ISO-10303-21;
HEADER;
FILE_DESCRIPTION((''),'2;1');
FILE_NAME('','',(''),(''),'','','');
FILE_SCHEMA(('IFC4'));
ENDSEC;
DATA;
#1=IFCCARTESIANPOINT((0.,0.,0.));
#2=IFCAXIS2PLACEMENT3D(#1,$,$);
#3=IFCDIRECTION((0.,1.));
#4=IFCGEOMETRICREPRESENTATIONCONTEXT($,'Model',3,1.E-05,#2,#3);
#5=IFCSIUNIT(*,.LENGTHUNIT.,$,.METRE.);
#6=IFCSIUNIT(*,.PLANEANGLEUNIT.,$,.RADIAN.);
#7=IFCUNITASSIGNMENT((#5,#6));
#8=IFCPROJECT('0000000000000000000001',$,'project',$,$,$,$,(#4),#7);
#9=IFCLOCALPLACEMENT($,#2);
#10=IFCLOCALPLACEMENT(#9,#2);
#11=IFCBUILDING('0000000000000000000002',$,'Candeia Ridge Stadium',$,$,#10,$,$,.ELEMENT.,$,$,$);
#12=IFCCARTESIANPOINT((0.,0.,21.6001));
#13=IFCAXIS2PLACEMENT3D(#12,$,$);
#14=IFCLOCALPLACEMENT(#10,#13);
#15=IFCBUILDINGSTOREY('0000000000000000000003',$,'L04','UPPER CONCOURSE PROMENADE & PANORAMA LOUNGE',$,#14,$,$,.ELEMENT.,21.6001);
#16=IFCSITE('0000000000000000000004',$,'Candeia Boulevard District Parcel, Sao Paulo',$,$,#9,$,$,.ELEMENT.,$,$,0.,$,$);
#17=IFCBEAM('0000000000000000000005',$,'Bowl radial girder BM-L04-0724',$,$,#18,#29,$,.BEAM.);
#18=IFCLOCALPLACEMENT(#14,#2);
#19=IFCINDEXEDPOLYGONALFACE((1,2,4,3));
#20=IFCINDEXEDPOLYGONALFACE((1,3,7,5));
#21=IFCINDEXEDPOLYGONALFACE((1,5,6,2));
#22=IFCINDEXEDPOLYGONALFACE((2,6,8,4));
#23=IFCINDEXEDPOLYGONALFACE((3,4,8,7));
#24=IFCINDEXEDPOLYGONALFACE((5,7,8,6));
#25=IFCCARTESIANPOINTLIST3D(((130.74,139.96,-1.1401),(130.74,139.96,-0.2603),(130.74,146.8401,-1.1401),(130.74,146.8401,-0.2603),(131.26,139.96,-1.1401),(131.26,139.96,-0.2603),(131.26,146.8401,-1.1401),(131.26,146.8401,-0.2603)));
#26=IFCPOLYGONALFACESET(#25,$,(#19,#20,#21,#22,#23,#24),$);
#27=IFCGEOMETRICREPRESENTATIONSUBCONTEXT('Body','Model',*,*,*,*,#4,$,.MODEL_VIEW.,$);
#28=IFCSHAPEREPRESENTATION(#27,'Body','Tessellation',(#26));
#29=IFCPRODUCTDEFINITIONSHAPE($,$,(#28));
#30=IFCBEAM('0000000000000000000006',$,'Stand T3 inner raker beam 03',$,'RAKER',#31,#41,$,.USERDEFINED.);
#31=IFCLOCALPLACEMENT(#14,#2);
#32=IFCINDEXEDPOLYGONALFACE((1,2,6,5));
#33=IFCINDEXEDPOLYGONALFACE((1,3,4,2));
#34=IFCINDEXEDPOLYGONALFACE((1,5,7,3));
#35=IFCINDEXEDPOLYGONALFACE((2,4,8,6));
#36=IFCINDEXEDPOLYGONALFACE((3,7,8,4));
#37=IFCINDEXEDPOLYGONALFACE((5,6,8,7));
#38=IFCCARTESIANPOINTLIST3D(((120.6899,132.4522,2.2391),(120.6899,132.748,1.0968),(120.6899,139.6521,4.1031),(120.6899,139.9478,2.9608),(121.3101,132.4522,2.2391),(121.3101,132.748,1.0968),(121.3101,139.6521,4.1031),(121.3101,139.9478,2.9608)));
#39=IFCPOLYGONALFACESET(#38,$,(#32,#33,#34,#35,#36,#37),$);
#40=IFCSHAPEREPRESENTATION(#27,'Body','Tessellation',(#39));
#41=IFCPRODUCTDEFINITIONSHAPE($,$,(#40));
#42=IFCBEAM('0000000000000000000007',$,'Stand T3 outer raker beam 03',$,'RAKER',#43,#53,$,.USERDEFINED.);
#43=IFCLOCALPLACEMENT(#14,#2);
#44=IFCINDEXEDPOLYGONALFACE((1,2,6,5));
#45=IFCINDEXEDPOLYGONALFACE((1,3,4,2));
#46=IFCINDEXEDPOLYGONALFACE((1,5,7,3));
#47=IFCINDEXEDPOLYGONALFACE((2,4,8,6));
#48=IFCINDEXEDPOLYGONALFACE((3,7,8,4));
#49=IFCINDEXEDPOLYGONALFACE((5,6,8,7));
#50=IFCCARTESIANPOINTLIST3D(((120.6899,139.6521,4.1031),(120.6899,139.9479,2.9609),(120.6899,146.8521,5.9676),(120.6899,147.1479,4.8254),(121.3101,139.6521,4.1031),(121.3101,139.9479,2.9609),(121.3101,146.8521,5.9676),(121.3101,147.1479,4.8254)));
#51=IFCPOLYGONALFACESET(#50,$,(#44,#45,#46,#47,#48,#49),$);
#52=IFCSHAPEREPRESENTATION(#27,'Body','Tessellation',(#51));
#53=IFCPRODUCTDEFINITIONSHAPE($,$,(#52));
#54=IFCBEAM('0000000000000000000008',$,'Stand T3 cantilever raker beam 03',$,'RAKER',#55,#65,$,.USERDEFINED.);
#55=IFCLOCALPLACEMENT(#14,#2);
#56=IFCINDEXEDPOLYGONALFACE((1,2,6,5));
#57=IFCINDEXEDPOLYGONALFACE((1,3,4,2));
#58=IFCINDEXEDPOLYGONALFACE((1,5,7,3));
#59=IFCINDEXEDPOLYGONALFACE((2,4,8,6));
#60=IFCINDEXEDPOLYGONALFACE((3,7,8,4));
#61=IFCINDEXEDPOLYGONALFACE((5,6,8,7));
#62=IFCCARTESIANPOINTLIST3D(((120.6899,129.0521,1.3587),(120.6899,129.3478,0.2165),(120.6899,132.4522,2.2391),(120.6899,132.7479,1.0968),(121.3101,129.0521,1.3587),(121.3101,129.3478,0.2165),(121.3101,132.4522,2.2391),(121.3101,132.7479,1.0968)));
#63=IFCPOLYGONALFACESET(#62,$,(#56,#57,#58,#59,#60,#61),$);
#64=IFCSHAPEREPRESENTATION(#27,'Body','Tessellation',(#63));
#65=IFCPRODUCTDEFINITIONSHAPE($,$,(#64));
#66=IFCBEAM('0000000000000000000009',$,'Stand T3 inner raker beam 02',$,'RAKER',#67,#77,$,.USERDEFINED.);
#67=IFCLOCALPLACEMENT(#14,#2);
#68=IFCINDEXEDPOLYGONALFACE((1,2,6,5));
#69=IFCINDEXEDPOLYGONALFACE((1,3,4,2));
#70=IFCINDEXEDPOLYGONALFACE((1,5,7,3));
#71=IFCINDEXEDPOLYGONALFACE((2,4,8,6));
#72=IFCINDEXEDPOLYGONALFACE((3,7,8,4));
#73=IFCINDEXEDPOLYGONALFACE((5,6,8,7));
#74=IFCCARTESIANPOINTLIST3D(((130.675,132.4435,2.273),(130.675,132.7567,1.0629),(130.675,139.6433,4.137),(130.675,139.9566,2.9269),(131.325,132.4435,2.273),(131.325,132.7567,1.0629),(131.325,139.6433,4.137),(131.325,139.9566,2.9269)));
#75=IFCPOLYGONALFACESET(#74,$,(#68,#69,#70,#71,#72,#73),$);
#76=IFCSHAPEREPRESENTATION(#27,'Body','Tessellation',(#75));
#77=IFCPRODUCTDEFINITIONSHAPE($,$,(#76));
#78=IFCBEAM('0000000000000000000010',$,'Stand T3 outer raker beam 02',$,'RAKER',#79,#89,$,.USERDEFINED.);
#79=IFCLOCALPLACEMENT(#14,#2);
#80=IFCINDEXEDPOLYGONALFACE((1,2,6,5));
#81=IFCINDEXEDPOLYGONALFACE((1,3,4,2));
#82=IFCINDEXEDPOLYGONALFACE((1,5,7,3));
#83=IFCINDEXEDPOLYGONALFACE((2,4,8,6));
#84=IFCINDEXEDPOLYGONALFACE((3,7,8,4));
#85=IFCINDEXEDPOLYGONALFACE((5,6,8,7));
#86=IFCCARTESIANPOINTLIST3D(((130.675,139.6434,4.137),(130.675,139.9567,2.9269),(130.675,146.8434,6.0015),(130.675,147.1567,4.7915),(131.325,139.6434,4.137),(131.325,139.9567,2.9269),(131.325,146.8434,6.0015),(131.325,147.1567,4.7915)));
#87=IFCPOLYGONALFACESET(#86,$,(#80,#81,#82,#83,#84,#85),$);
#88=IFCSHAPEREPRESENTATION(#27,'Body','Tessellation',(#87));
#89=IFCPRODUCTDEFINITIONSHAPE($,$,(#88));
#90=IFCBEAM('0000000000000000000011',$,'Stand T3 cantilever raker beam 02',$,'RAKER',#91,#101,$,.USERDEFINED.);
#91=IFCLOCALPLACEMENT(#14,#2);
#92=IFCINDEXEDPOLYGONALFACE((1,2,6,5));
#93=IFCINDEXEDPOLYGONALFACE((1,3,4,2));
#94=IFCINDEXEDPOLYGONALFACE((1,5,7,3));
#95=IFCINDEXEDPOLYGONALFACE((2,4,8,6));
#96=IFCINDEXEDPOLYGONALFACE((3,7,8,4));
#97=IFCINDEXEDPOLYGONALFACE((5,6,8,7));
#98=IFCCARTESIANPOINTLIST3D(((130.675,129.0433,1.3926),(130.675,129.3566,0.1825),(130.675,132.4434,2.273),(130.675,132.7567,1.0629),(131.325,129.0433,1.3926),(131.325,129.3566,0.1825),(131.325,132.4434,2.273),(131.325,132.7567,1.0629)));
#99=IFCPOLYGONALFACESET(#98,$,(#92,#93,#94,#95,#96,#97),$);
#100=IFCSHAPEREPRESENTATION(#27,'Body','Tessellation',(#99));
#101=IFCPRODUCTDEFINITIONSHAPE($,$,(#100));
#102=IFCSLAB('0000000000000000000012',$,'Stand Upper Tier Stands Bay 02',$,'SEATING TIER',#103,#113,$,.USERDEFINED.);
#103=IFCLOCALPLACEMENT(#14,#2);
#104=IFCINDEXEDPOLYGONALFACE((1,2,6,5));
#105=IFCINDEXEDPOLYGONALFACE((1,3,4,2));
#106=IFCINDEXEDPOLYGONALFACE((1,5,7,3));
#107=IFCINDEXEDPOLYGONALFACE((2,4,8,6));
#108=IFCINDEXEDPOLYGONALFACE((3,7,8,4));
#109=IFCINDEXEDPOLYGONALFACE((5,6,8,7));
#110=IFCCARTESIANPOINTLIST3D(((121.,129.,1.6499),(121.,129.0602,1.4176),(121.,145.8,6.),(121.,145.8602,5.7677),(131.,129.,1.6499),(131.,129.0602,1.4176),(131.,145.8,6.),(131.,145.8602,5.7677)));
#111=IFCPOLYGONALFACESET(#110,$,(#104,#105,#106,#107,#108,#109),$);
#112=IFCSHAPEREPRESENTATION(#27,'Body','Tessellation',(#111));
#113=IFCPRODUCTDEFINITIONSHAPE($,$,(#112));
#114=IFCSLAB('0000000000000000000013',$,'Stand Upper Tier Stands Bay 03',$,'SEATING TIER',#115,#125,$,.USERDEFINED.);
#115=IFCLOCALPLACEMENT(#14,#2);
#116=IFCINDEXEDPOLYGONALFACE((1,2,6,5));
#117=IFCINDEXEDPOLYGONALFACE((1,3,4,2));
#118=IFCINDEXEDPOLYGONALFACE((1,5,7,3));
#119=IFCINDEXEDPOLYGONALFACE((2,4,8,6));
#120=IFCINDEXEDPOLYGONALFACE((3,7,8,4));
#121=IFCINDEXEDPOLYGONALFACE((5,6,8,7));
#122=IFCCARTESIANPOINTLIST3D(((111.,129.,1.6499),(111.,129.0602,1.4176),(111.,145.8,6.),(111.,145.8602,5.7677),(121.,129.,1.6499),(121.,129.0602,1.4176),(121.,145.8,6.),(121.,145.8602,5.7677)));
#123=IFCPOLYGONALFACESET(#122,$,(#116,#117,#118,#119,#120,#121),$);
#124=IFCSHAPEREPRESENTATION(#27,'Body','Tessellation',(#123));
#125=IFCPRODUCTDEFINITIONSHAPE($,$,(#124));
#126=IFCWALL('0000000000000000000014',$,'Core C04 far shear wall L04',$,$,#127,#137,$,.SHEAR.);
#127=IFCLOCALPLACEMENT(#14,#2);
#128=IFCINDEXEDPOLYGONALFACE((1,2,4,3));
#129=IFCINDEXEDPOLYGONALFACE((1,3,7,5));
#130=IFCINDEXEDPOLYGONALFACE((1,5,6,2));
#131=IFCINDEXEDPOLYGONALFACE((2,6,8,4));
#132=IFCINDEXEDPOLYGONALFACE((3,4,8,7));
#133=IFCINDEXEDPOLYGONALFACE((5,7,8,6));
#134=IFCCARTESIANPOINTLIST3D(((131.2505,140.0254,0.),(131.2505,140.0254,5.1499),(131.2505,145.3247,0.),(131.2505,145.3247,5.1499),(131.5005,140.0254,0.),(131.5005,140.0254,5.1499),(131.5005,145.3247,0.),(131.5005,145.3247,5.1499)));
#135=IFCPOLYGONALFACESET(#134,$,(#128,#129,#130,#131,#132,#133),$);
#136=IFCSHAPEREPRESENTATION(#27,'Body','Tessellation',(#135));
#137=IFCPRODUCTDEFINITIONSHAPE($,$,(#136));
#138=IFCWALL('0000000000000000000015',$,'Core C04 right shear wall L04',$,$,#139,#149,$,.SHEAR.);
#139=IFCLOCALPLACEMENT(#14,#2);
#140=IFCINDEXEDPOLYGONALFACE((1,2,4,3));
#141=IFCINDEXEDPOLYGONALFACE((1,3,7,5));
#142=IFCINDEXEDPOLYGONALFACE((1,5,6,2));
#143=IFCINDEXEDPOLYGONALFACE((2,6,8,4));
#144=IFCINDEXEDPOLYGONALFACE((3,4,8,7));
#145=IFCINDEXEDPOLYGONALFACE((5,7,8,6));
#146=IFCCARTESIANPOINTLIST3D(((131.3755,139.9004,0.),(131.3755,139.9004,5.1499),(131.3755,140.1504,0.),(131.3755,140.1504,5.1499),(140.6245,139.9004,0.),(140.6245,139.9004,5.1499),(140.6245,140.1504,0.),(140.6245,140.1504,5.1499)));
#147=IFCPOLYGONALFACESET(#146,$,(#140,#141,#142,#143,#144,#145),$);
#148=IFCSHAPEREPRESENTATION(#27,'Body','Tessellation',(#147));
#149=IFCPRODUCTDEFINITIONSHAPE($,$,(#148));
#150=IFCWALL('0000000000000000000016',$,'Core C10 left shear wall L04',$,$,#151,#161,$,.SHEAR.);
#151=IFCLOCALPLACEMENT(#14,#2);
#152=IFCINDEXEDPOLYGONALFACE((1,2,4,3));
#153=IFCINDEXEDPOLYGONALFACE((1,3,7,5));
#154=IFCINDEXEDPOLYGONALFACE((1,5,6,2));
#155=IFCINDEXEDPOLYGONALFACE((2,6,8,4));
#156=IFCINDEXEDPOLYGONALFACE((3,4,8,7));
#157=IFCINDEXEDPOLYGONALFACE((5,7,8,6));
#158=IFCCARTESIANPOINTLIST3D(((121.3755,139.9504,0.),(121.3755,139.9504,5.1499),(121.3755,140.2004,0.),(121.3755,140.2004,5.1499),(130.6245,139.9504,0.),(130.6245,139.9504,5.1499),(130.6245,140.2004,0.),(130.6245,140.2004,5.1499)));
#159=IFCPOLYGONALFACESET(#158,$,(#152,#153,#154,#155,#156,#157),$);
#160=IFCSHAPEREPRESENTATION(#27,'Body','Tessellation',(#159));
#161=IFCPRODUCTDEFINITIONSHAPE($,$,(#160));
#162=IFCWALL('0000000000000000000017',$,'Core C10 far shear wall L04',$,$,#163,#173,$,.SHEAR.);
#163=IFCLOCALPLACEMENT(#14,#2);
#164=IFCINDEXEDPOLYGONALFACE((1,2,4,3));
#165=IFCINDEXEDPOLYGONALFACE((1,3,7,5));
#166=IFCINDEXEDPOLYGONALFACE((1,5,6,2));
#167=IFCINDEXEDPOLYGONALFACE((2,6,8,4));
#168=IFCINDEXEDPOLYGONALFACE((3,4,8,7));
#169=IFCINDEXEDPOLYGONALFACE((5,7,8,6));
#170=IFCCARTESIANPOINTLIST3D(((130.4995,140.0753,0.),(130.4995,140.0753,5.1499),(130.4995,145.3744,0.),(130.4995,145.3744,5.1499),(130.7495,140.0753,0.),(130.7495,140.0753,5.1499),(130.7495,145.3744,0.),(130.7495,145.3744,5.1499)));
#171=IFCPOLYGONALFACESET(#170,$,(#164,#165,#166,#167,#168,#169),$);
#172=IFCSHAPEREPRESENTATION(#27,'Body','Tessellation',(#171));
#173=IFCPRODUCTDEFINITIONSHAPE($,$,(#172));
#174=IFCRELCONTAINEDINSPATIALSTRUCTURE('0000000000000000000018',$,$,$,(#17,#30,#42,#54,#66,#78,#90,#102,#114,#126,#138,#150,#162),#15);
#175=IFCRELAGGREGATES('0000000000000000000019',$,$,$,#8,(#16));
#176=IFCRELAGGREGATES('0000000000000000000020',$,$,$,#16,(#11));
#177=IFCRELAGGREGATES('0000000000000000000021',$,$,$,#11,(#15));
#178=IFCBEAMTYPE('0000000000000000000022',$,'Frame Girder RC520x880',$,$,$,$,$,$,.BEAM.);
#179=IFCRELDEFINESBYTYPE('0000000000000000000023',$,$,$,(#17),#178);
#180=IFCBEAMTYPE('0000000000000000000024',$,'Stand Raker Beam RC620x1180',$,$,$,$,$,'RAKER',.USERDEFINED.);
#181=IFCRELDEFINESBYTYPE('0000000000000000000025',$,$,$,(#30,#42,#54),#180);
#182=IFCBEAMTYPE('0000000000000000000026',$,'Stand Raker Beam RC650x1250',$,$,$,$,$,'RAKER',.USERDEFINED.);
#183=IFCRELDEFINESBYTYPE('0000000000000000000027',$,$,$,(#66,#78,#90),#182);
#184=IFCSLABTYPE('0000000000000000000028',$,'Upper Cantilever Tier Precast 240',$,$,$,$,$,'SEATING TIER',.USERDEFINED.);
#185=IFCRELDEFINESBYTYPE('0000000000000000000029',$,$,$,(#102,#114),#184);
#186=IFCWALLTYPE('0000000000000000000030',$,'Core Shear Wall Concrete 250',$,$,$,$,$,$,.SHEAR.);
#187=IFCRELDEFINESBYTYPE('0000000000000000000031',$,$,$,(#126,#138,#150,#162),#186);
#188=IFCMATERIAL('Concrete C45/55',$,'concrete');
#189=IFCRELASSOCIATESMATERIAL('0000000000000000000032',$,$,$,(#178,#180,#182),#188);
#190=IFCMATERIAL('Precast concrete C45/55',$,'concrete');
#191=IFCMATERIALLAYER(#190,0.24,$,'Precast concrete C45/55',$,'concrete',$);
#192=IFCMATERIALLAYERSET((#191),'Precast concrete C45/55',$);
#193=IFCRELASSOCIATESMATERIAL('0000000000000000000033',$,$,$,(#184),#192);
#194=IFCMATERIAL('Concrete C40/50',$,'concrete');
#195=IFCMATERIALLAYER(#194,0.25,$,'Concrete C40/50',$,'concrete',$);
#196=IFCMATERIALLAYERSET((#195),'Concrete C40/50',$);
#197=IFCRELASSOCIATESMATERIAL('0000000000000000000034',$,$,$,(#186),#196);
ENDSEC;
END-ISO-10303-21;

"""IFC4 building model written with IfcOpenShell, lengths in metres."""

from ifc_helpers import new_model, si_unit, direction, frame, frame_2d, origin, origin_2d, place, context, subcontext, project, spatial, polyline, rectangle, outline, extrude, material, layer, layer_set, material_profile, profile_set, type_object, element, save


model = new_model("IFC4")

# Units and contexts
model_context = context("Model", 3, precision=1e-05, world=origin(), true_north=direction((0.0, 1.0)))
body_context = subcontext(model_context, "Body", "Model", "MODEL_VIEW")
ifc_project = project(units=[si_unit("LENGTHUNIT", "METRE"), si_unit("PLANEANGLEUNIT", "RADIAN")], contexts=[model_context])

# Site, building, storey
site_placement = place(None, origin())
site = spatial("IfcSite", under=ifc_project, at=site_placement, Name="Candeia Boulevard District Parcel, Sao Paulo", CompositionType="ELEMENT", RefElevation=0.0)
building_placement = place(site_placement, origin())
building = spatial("IfcBuilding", under=site, at=building_placement, Name="Candeia Ridge Stadium", CompositionType="ELEMENT")
storey_placement = place(building_placement, frame((0.0, 0.0, 21.6001)))
storey = spatial("IfcBuildingStorey", under=building, at=storey_placement, Name="L04", Description="UPPER CONCOURSE PROMENADE & PANORAMA LOUNGE", CompositionType="ELEMENT", Elevation=21.6001)

# Shared definitions
ifc_material_1 = material(Name="Concrete C45/55", Category="concrete")
ifc_material_2 = material(Name="Concrete C40/50", Category="concrete")

# Beams
ifc_material_profile_1 = material_profile(ifc_material_1, rectangle(XDim=0.52, YDim=0.8799, at=origin_2d()), Name="RC520x880", Category="concrete")
ifc_profile_set_1 = profile_set([ifc_material_profile_1], Name="Concrete C45/55")
beam_type_1 = type_object("IfcBeamType", Name="Frame Girder RC520x880", PredefinedType="BEAM", material=ifc_profile_set_1)
beam_1_placement = place(storey_placement, frame((131.0, 139.96, -0.7002), z_axis=(0.0, 1.0, 0.0), x_axis=(-1.0, 0.0, 0.0)))
element("IfcBeam", 1, at=beam_1_placement, inside=storey, type_object=beam_type_1, Name="Bowl radial girder BM-L04-0724", PredefinedType="BEAM", context=body_context, shape_type="SweptSolid", body=[
    extrude(rectangle(XDim=0.52, YDim=0.8799, at=origin_2d()), origin(), (0.0, 0.0, 1.0), 6.8801),
])
ifc_material_profile_2 = material_profile(ifc_material_1, rectangle(XDim=0.6201, YDim=1.1799, at=origin_2d()), Name="RC620x1180", Category="concrete")
ifc_profile_set_2 = profile_set([ifc_material_profile_2], Name="Concrete C45/55")
beam_type_2 = type_object("IfcBeamType", Name="Stand Raker Beam RC620x1180", ElementType="RAKER", PredefinedType="USERDEFINED", material=ifc_profile_set_2)
beam_2_placement = place(storey_placement, frame((121.0, 132.6001, 1.668), z_axis=(0.0, 0.968083, 0.250629), x_axis=(-1.0, 0.0, 0.0)))
element("IfcBeam", 2, at=beam_2_placement, inside=storey, type_object=beam_type_2, Name="Stand T3 inner raker beam 03", ObjectType="RAKER", PredefinedType="USERDEFINED", context=body_context, shape_type="SweptSolid", body=[
    extrude(rectangle(XDim=0.6201, YDim=1.1799, at=origin_2d()), origin(), (0.0, 0.0, 1.0), 7.4373),
])
beam_3_placement = place(storey_placement, frame((121.0, 139.8, 3.532), z_axis=(0.0, 0.968067, 0.250691), x_axis=(-1.0, 0.0, 0.0)))
element("IfcBeam", 3, at=beam_3_placement, inside=storey, type_object=beam_type_2, Name="Stand T3 outer raker beam 03", ObjectType="RAKER", PredefinedType="USERDEFINED", context=body_context, shape_type="SweptSolid", body=[
    extrude(rectangle(XDim=0.6201, YDim=1.1799, at=origin_2d()), origin(), (0.0, 0.0, 1.0), 7.4375),
])
beam_4_placement = place(storey_placement, frame((121.0, 129.2, 0.7876), z_axis=(0.0, 0.968076, 0.250656), x_axis=(-1.0, 0.0, 0.0)))
element("IfcBeam", 4, at=beam_4_placement, inside=storey, type_object=beam_type_2, Name="Stand T3 cantilever raker beam 03", ObjectType="RAKER", PredefinedType="USERDEFINED", context=body_context, shape_type="SweptSolid", body=[
    extrude(rectangle(XDim=0.6201, YDim=1.1799, at=origin_2d()), origin(), (0.0, 0.0, 1.0), 3.5122),
])
ifc_material_profile_3 = material_profile(ifc_material_1, rectangle(XDim=0.6499, YDim=1.25, at=origin_2d()), Name="RC650x1250", Category="concrete")
ifc_profile_set_3 = profile_set([ifc_material_profile_3], Name="Concrete C45/55")
beam_type_3 = type_object("IfcBeamType", Name="Stand Raker Beam RC650x1250", ElementType="RAKER", PredefinedType="USERDEFINED", material=ifc_profile_set_3)
beam_5_placement = place(storey_placement, frame((131.0, 132.6001, 1.668), z_axis=(0.0, 0.968083, 0.250629), x_axis=(-1.0, 0.0, 0.0)))
element("IfcBeam", 5, at=beam_5_placement, inside=storey, type_object=beam_type_3, Name="Stand T3 inner raker beam 02", ObjectType="RAKER", PredefinedType="USERDEFINED", context=body_context, shape_type="SweptSolid", body=[
    extrude(rectangle(XDim=0.6499, YDim=1.25, at=origin_2d()), origin(), (0.0, 0.0, 1.0), 7.4373),
])
beam_6_placement = place(storey_placement, frame((131.0, 139.8, 3.532), z_axis=(0.0, 0.968067, 0.250691), x_axis=(-1.0, 0.0, 0.0)))
element("IfcBeam", 6, at=beam_6_placement, inside=storey, type_object=beam_type_3, Name="Stand T3 outer raker beam 02", ObjectType="RAKER", PredefinedType="USERDEFINED", context=body_context, shape_type="SweptSolid", body=[
    extrude(rectangle(XDim=0.6499, YDim=1.25, at=origin_2d()), origin(), (0.0, 0.0, 1.0), 7.4375),
])
beam_7_placement = place(storey_placement, frame((131.0, 129.2, 0.7876), z_axis=(0.0, 0.968076, 0.250656), x_axis=(-1.0, 0.0, 0.0)))
element("IfcBeam", 7, at=beam_7_placement, inside=storey, type_object=beam_type_3, Name="Stand T3 cantilever raker beam 02", ObjectType="RAKER", PredefinedType="USERDEFINED", context=body_context, shape_type="SweptSolid", body=[
    extrude(rectangle(XDim=0.6499, YDim=1.25, at=origin_2d()), origin(), (0.0, 0.0, 1.0), 3.5122),
])

# Slabs
ifc_material_3 = material(Name="Precast concrete C45/55", Category="concrete")
ifc_layer_1 = layer(ifc_material_3, 0.24, Name="Precast concrete C45/55", Category="concrete")
ifc_layer_set_1 = layer_set([ifc_layer_1], Name="Precast concrete C45/55")
slab_type = type_object("IfcSlabType", Name="Upper Cantilever Tier Precast 240", ElementType="SEATING TIER", PredefinedType="USERDEFINED", material=ifc_layer_set_1)
for number, where, z_axis, x_axis, name in (
    (8, (131.0, 129.0, 1.6499), (0.0, -0.250667, 0.968073), (-1.0, 0.0, 0.0), "Stand Upper Tier Stands Bay 02"),
    (9, (121.0, 129.0, 1.6499), (0.0, -0.250667, 0.968073), (-1.0, 0.0, 0.0), "Stand Upper Tier Stands Bay 03"),
):
    element("IfcSlab", number, at=place(storey_placement, frame(where, z_axis=z_axis, x_axis=x_axis)), inside=storey, type_object=slab_type, Name=name, ObjectType="SEATING TIER", PredefinedType="USERDEFINED", context=body_context, shape_type="SweptSolid", body=[
        extrude(outline(polyline([(0.0, 0.0), (10.0, 0.0), (10.0, -17.3541), (0.0, -17.3541), (0.0, 0.0)])), origin(), (0.0, 0.0, -1.0), 0.24),
    ])

# Walls
ifc_layer_2 = layer(ifc_material_2, 0.25, Name="Concrete C40/50", Category="concrete")
ifc_layer_set_2 = layer_set([ifc_layer_2], Name="Concrete C40/50")
wall_type = type_object("IfcWallType", Name="Core Shear Wall Concrete 250", PredefinedType="SHEAR", material=ifc_layer_set_2)
wall_1_placement = place(storey_placement, frame((131.3755, 145.3247, 0.0), z_axis=(0.0, 0.0, 1.0), x_axis=(0.0, -1.0, 0.0)))
element("IfcWall", 10, at=wall_1_placement, inside=storey, type_object=wall_type, Name="Core C04 far shear wall L04", PredefinedType="SHEAR", context=body_context, shape_type="SweptSolid", body=[
    extrude(rectangle(XDim=5.2993, YDim=0.25, at=frame_2d((2.6497, 0.0))), origin(), (0.0, 0.0, 1.0), 5.1499),
])
for number, where, z_axis, x_axis, name in (
    (11, (131.3755, 140.0254, 0.0), (0.0, 0.0, 1.0), (1.0, 0.0, 0.0), "Core C04 right shear wall L04"),
    (12, (121.3755, 140.0754, 0.0), (0.0, 0.0, 1.0), (1.0, 0.0, 0.0), "Core C10 left shear wall L04"),
):
    element("IfcWall", number, at=place(storey_placement, frame(where, z_axis=z_axis, x_axis=x_axis)), inside=storey, type_object=wall_type, Name=name, PredefinedType="SHEAR", context=body_context, shape_type="SweptSolid", body=[
        extrude(rectangle(XDim=9.249, YDim=0.25, at=frame_2d((4.6245, 0.0))), origin(), (0.0, 0.0, 1.0), 5.1499),
    ])
wall_2_placement = place(storey_placement, frame((130.6245, 140.0754, 0.0), z_axis=(0.0, 0.0, 1.0), x_axis=(0.0, 1.0, 0.0)))
element("IfcWall", 13, at=wall_2_placement, inside=storey, type_object=wall_type, Name="Core C10 far shear wall L04", PredefinedType="SHEAR", context=body_context, shape_type="SweptSolid", body=[
    extrude(rectangle(XDim=5.2991, YDim=0.25, at=frame_2d((2.6494, 0.0))), origin(), (0.0, 0.0, 1.0), 5.1499),
])

save(model, "model.ifc")
